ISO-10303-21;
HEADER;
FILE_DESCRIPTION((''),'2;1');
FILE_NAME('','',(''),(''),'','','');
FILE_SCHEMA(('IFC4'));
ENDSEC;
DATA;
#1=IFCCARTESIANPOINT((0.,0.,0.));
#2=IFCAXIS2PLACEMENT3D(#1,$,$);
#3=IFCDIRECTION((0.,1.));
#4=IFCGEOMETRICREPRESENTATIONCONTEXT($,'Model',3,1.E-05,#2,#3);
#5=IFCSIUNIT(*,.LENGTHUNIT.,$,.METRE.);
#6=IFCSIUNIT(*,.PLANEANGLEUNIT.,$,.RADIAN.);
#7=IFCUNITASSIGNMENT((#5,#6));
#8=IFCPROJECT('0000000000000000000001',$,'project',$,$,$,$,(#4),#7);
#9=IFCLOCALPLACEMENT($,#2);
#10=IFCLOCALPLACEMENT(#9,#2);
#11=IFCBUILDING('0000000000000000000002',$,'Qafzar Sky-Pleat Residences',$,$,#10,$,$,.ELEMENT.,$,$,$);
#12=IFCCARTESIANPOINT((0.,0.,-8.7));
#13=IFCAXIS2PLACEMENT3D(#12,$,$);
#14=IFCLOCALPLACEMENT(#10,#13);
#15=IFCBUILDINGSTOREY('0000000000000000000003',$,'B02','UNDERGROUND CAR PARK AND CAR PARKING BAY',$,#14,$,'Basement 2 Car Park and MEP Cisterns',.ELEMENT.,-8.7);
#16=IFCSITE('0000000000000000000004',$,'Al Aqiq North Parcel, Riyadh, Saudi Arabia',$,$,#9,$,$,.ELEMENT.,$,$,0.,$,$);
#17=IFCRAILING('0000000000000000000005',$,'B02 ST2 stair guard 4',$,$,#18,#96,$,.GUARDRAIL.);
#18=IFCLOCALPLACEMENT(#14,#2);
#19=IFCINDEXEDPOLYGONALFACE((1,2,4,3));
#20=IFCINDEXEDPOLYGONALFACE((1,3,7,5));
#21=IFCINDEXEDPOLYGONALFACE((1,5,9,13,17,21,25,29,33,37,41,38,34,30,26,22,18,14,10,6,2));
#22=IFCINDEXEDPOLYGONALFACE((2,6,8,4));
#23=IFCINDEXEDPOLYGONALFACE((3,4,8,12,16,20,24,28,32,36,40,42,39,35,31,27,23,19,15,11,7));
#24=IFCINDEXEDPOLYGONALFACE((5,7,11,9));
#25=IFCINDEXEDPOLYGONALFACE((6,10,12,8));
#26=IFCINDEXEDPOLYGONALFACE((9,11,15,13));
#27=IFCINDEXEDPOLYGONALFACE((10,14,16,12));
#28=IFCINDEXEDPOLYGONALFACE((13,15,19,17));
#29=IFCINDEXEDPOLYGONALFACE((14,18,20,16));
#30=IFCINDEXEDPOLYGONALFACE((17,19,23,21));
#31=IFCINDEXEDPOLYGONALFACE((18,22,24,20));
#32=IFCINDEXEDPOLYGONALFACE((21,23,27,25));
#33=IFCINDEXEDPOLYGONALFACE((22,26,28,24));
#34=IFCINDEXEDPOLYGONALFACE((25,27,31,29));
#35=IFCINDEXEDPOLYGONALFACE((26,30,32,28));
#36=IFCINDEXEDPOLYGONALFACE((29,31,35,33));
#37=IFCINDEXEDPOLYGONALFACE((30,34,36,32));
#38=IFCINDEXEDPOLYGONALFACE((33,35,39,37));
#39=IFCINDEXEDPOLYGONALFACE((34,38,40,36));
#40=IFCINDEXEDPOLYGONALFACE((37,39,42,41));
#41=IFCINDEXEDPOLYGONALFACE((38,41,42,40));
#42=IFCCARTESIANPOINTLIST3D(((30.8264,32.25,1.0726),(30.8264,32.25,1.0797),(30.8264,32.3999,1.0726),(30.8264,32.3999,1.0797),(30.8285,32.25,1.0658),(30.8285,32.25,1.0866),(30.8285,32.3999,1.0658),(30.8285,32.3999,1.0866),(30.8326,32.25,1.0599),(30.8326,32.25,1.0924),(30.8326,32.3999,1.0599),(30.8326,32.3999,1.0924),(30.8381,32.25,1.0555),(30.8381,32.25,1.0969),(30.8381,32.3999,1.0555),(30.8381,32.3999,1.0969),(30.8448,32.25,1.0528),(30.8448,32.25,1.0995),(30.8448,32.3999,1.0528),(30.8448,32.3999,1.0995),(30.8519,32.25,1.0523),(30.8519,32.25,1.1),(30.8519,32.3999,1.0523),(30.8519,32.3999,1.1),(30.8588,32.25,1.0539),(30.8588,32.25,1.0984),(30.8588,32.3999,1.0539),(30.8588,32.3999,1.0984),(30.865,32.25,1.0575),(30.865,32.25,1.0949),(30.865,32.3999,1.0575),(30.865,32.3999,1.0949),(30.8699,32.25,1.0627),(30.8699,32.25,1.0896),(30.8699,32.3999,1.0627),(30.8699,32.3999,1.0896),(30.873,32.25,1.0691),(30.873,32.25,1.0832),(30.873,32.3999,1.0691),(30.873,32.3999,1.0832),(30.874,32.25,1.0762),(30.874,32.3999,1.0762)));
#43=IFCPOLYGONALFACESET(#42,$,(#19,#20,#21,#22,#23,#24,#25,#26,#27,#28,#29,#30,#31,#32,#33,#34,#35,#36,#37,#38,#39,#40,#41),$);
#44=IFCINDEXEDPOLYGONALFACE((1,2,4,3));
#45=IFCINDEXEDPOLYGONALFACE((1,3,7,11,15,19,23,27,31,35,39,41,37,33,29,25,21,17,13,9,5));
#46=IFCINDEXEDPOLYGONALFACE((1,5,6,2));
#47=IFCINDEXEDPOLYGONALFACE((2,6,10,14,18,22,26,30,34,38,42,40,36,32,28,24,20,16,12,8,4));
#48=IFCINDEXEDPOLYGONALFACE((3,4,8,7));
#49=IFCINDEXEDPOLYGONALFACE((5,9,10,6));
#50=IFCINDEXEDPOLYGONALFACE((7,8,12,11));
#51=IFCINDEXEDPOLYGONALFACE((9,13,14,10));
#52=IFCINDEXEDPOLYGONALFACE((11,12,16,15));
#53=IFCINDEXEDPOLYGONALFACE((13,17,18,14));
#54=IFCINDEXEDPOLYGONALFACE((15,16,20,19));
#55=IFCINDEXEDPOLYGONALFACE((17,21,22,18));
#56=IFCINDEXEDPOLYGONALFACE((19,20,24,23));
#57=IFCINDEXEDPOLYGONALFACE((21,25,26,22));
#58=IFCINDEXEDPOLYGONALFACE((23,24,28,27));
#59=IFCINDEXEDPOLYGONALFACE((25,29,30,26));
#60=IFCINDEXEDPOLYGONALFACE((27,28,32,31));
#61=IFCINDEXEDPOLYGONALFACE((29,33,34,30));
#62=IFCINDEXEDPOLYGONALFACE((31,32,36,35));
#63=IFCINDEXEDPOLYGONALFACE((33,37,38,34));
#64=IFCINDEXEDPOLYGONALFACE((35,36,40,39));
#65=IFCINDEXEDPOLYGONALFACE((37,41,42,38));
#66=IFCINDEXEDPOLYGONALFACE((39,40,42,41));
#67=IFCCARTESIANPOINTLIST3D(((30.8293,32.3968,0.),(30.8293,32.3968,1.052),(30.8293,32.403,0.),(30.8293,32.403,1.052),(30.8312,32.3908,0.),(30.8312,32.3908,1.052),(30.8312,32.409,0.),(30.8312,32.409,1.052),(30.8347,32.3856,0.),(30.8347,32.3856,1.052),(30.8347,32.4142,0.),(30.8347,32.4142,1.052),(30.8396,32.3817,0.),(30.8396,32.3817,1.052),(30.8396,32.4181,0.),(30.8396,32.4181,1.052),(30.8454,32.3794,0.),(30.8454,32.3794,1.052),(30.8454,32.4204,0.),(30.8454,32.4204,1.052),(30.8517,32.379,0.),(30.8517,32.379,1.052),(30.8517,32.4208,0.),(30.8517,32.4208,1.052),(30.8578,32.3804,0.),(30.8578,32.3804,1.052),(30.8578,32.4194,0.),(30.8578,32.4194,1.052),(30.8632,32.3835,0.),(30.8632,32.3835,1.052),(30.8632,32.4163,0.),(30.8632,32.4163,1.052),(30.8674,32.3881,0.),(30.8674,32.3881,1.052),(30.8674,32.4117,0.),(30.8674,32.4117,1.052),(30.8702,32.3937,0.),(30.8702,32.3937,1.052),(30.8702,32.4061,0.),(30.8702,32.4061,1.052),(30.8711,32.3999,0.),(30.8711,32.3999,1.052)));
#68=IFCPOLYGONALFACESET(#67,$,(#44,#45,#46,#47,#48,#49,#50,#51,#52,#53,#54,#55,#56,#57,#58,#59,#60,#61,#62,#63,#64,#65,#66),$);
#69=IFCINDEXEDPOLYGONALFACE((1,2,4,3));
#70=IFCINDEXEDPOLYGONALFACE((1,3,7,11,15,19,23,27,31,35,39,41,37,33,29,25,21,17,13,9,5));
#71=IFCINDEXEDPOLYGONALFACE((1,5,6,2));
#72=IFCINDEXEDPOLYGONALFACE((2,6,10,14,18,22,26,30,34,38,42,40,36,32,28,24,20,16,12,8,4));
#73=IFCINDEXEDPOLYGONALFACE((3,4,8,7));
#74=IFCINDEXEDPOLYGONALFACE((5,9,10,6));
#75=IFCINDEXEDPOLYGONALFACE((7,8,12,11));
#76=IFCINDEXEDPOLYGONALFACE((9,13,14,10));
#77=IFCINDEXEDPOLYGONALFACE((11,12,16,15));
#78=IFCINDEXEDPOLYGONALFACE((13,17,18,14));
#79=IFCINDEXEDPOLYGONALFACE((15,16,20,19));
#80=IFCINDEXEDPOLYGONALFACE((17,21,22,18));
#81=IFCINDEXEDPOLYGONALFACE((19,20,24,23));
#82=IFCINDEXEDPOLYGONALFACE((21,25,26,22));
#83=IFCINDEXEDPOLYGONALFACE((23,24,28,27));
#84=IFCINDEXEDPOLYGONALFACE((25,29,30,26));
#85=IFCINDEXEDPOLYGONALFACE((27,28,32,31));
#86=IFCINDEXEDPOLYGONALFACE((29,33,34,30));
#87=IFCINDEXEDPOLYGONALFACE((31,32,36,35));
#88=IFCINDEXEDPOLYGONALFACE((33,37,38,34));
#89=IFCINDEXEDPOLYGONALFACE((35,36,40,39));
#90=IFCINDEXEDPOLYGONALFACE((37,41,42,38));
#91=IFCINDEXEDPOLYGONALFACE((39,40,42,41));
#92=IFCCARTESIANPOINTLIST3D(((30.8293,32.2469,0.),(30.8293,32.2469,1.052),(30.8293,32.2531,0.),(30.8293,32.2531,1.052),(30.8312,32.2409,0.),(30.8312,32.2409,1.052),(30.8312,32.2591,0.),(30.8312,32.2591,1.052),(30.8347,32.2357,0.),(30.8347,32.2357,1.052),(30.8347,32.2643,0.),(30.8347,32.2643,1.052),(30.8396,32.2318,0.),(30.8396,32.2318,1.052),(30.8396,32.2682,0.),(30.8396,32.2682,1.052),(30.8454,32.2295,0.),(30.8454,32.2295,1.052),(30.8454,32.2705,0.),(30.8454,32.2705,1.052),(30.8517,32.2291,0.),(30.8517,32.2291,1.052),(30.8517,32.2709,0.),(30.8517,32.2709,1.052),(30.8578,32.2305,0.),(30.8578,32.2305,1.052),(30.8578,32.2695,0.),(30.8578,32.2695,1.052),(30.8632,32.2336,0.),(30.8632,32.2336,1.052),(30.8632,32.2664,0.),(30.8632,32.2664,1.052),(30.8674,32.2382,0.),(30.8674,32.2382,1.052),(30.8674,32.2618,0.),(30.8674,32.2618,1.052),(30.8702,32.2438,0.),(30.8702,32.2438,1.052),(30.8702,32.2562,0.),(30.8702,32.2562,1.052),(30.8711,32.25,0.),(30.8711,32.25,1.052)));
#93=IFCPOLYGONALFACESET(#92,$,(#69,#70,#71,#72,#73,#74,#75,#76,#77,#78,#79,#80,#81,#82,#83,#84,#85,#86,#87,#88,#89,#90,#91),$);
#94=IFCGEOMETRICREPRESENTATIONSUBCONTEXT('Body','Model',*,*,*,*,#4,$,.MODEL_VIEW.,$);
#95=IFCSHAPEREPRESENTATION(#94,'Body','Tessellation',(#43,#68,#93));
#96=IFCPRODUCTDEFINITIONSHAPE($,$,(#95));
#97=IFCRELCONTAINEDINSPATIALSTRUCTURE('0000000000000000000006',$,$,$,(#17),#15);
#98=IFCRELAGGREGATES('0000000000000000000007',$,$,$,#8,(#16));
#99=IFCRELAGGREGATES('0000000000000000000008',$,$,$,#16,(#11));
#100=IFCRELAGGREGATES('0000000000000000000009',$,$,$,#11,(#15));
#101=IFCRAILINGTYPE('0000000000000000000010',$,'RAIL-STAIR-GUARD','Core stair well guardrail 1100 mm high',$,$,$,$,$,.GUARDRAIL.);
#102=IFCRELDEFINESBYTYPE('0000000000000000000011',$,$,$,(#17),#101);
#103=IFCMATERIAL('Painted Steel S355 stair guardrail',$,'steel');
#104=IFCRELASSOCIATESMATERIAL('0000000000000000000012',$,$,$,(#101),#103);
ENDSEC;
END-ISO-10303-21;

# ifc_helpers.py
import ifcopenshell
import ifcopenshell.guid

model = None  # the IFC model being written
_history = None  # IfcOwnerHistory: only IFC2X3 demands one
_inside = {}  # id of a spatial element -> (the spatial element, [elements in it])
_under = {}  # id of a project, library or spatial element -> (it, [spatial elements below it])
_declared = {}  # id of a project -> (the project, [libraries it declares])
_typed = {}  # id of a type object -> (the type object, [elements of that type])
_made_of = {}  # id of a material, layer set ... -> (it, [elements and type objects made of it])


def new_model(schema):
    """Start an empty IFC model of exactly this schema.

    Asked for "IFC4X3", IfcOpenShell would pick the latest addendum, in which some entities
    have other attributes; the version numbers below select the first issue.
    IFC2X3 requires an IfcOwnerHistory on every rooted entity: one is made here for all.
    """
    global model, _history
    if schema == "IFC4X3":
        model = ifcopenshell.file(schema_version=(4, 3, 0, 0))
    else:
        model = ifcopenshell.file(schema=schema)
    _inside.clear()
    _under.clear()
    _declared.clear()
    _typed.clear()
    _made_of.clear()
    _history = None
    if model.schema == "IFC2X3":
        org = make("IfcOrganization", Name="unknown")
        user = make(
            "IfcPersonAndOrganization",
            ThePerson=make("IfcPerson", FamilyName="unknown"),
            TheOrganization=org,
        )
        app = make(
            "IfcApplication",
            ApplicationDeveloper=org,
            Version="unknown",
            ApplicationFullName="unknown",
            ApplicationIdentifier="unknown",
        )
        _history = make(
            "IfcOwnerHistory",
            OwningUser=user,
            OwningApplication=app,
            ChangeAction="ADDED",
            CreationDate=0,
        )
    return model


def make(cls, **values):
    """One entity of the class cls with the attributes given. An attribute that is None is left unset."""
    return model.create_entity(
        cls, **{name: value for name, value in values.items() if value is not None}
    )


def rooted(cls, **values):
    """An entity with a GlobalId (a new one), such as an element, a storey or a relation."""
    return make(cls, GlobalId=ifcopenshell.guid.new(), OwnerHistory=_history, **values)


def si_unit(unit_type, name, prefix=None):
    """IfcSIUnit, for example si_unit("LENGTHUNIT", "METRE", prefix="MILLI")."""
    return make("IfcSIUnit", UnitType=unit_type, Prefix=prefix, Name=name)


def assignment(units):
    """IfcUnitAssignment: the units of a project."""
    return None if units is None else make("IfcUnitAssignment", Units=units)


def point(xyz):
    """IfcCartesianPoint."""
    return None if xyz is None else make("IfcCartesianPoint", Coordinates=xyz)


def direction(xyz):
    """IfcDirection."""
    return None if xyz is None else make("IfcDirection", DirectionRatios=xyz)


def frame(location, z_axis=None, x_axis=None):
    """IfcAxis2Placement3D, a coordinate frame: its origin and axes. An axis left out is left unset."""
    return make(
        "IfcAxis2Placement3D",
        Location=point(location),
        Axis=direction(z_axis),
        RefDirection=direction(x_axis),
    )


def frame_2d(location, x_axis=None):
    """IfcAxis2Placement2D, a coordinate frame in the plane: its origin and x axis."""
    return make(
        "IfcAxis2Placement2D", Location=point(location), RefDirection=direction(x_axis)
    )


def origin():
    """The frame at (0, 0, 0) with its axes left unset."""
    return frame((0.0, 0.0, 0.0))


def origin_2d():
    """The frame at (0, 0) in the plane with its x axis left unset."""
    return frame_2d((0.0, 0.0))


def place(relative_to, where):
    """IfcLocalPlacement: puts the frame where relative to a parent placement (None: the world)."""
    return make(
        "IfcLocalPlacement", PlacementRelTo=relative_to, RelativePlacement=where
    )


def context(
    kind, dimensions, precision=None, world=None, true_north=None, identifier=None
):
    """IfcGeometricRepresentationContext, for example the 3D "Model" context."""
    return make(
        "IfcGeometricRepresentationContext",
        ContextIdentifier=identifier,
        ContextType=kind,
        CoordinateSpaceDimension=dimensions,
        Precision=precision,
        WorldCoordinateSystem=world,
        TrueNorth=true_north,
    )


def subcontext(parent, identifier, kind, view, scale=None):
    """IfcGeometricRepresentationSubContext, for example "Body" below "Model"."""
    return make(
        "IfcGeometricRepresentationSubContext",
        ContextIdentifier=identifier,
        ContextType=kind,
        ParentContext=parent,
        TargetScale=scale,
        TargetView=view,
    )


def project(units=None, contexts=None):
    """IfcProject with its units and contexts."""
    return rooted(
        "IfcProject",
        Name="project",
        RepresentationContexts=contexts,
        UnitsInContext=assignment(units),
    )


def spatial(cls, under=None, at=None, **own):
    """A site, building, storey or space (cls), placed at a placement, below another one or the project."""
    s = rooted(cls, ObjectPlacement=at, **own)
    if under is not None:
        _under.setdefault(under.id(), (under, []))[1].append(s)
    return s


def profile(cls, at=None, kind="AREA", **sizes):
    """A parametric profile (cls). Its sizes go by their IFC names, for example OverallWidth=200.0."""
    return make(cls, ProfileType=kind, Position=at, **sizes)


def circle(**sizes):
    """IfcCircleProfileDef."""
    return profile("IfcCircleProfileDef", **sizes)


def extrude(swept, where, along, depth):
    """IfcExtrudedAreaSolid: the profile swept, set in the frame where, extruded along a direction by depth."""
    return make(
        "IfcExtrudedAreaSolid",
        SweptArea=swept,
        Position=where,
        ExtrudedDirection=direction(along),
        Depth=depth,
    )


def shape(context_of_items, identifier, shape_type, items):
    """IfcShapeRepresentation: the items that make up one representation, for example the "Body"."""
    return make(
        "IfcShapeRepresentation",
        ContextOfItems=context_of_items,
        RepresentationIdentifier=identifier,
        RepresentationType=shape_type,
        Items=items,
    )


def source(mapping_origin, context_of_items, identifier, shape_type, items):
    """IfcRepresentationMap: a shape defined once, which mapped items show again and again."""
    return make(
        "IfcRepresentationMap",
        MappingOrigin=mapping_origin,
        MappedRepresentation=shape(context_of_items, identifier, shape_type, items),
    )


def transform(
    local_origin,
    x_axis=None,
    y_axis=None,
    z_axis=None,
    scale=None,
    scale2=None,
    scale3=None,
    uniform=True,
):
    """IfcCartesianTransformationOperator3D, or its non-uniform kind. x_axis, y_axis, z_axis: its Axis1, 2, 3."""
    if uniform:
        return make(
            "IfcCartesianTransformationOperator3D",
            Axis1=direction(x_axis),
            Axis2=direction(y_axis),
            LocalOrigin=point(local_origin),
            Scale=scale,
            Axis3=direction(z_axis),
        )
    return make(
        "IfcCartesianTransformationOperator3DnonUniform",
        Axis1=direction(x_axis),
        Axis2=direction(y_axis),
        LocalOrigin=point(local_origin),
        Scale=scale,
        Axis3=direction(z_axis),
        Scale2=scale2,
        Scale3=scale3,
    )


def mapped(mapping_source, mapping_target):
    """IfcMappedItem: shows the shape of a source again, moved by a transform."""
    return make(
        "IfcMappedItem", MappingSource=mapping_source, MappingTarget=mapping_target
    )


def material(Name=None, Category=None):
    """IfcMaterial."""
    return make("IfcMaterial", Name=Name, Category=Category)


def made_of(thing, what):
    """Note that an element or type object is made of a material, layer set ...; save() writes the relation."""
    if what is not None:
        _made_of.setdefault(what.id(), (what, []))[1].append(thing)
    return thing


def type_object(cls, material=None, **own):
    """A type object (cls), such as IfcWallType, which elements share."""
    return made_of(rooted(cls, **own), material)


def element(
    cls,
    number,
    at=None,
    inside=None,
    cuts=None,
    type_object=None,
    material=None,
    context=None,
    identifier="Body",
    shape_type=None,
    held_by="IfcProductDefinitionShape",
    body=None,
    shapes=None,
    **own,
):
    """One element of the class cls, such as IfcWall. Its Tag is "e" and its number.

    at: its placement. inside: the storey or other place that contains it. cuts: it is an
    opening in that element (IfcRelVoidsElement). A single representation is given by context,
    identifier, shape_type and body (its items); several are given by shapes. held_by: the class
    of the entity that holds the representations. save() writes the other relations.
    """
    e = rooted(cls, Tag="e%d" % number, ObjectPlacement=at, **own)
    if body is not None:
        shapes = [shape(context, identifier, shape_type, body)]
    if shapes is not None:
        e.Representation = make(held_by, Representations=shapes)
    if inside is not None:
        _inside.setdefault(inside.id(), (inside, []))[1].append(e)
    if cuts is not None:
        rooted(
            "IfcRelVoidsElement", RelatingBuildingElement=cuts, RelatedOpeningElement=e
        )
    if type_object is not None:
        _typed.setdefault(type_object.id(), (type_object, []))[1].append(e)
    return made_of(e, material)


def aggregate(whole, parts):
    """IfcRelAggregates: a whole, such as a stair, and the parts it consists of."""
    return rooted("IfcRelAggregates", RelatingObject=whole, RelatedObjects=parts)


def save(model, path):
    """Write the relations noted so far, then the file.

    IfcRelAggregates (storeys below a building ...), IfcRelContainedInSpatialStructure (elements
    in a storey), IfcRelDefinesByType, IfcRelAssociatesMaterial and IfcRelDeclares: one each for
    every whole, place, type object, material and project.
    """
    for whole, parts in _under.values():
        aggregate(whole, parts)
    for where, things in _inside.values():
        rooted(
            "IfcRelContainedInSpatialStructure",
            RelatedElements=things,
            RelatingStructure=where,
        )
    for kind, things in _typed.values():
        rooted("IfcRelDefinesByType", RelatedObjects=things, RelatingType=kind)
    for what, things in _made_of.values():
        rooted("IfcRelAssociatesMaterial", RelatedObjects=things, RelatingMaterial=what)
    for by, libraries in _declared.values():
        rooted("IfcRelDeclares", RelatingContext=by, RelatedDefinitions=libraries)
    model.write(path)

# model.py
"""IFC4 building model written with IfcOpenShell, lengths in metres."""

from ifc_helpers import new_model, si_unit, direction, frame, origin, origin_2d, place, context, subcontext, project, spatial, circle, extrude, source, transform, mapped, material, type_object, element, save


model = new_model("IFC4")

# Units and contexts
model_context = context("Model", 3, precision=1e-05, world=origin(), true_north=direction((0.0, 1.0)))
body_context = subcontext(model_context, "Body", "Model", "MODEL_VIEW")
ifc_project = project(units=[si_unit("LENGTHUNIT", "METRE"), si_unit("PLANEANGLEUNIT", "RADIAN")], contexts=[model_context])

# Site, building, storey
site_placement = place(None, origin())
site = spatial("IfcSite", under=ifc_project, at=site_placement, Name="Al Aqiq North Parcel, Riyadh, Saudi Arabia", CompositionType="ELEMENT", RefElevation=0.0)
building_placement = place(site_placement, origin())
building = spatial("IfcBuilding", under=site, at=building_placement, Name="Qafzar Sky-Pleat Residences", CompositionType="ELEMENT")
storey_placement = place(building_placement, frame((0.0, 0.0, -8.7)))
storey = spatial("IfcBuildingStorey", under=building, at=storey_placement, Name="B02", Description="UNDERGROUND CAR PARK AND CAR PARKING BAY", LongName="Basement 2 Car Park and MEP Cisterns", CompositionType="ELEMENT", Elevation=-8.7)

# Railing
ifc_material_1 = material(Name="Painted Steel S355 stair guardrail", Category="steel")
railing_type_1 = type_object("IfcRailingType", Name="RAIL-STAIR-GUARD", Description="Core stair well guardrail 1100 mm high", PredefinedType="GUARDRAIL", material=ifc_material_1)
shared_shape_1 = source(origin(), body_context, "Body", "SweptSolid", [
    extrude(circle(Radius=0.0239, at=origin_2d()), frame((0.0, 0.0, 1.0762), z_axis=(0.0, -1.0, 0.0), x_axis=(1.0, 0.0, 0.0)), (0.0, 0.0, 1.0), 0.1499),
    extrude(circle(Radius=0.021, at=origin_2d()), origin(), (0.0, 0.0, 1.0), 1.052),
    extrude(circle(Radius=0.021, at=origin_2d()), frame((0.0, -0.1499, 0.0)), (0.0, 0.0, 1.0), 1.052),
])
railing_1_placement = place(storey_placement, frame((30.8501, 32.3999, 0.0)))
element("IfcRailing", 1, at=railing_1_placement, inside=storey, type_object=railing_type_1, Name="B02 ST2 stair guard 4", PredefinedType="GUARDRAIL", context=body_context, shape_type="MappedRepresentation", body=[
    mapped(shared_shape_1, transform((0.0, 0.0, 0.0), x_axis=(1.0, 0.0, 0.0), y_axis=(0.0, 1.0, 0.0), z_axis=(0.0, 0.0, 1.0), scale=1.0)),
])

save(model, "model.ifc")
